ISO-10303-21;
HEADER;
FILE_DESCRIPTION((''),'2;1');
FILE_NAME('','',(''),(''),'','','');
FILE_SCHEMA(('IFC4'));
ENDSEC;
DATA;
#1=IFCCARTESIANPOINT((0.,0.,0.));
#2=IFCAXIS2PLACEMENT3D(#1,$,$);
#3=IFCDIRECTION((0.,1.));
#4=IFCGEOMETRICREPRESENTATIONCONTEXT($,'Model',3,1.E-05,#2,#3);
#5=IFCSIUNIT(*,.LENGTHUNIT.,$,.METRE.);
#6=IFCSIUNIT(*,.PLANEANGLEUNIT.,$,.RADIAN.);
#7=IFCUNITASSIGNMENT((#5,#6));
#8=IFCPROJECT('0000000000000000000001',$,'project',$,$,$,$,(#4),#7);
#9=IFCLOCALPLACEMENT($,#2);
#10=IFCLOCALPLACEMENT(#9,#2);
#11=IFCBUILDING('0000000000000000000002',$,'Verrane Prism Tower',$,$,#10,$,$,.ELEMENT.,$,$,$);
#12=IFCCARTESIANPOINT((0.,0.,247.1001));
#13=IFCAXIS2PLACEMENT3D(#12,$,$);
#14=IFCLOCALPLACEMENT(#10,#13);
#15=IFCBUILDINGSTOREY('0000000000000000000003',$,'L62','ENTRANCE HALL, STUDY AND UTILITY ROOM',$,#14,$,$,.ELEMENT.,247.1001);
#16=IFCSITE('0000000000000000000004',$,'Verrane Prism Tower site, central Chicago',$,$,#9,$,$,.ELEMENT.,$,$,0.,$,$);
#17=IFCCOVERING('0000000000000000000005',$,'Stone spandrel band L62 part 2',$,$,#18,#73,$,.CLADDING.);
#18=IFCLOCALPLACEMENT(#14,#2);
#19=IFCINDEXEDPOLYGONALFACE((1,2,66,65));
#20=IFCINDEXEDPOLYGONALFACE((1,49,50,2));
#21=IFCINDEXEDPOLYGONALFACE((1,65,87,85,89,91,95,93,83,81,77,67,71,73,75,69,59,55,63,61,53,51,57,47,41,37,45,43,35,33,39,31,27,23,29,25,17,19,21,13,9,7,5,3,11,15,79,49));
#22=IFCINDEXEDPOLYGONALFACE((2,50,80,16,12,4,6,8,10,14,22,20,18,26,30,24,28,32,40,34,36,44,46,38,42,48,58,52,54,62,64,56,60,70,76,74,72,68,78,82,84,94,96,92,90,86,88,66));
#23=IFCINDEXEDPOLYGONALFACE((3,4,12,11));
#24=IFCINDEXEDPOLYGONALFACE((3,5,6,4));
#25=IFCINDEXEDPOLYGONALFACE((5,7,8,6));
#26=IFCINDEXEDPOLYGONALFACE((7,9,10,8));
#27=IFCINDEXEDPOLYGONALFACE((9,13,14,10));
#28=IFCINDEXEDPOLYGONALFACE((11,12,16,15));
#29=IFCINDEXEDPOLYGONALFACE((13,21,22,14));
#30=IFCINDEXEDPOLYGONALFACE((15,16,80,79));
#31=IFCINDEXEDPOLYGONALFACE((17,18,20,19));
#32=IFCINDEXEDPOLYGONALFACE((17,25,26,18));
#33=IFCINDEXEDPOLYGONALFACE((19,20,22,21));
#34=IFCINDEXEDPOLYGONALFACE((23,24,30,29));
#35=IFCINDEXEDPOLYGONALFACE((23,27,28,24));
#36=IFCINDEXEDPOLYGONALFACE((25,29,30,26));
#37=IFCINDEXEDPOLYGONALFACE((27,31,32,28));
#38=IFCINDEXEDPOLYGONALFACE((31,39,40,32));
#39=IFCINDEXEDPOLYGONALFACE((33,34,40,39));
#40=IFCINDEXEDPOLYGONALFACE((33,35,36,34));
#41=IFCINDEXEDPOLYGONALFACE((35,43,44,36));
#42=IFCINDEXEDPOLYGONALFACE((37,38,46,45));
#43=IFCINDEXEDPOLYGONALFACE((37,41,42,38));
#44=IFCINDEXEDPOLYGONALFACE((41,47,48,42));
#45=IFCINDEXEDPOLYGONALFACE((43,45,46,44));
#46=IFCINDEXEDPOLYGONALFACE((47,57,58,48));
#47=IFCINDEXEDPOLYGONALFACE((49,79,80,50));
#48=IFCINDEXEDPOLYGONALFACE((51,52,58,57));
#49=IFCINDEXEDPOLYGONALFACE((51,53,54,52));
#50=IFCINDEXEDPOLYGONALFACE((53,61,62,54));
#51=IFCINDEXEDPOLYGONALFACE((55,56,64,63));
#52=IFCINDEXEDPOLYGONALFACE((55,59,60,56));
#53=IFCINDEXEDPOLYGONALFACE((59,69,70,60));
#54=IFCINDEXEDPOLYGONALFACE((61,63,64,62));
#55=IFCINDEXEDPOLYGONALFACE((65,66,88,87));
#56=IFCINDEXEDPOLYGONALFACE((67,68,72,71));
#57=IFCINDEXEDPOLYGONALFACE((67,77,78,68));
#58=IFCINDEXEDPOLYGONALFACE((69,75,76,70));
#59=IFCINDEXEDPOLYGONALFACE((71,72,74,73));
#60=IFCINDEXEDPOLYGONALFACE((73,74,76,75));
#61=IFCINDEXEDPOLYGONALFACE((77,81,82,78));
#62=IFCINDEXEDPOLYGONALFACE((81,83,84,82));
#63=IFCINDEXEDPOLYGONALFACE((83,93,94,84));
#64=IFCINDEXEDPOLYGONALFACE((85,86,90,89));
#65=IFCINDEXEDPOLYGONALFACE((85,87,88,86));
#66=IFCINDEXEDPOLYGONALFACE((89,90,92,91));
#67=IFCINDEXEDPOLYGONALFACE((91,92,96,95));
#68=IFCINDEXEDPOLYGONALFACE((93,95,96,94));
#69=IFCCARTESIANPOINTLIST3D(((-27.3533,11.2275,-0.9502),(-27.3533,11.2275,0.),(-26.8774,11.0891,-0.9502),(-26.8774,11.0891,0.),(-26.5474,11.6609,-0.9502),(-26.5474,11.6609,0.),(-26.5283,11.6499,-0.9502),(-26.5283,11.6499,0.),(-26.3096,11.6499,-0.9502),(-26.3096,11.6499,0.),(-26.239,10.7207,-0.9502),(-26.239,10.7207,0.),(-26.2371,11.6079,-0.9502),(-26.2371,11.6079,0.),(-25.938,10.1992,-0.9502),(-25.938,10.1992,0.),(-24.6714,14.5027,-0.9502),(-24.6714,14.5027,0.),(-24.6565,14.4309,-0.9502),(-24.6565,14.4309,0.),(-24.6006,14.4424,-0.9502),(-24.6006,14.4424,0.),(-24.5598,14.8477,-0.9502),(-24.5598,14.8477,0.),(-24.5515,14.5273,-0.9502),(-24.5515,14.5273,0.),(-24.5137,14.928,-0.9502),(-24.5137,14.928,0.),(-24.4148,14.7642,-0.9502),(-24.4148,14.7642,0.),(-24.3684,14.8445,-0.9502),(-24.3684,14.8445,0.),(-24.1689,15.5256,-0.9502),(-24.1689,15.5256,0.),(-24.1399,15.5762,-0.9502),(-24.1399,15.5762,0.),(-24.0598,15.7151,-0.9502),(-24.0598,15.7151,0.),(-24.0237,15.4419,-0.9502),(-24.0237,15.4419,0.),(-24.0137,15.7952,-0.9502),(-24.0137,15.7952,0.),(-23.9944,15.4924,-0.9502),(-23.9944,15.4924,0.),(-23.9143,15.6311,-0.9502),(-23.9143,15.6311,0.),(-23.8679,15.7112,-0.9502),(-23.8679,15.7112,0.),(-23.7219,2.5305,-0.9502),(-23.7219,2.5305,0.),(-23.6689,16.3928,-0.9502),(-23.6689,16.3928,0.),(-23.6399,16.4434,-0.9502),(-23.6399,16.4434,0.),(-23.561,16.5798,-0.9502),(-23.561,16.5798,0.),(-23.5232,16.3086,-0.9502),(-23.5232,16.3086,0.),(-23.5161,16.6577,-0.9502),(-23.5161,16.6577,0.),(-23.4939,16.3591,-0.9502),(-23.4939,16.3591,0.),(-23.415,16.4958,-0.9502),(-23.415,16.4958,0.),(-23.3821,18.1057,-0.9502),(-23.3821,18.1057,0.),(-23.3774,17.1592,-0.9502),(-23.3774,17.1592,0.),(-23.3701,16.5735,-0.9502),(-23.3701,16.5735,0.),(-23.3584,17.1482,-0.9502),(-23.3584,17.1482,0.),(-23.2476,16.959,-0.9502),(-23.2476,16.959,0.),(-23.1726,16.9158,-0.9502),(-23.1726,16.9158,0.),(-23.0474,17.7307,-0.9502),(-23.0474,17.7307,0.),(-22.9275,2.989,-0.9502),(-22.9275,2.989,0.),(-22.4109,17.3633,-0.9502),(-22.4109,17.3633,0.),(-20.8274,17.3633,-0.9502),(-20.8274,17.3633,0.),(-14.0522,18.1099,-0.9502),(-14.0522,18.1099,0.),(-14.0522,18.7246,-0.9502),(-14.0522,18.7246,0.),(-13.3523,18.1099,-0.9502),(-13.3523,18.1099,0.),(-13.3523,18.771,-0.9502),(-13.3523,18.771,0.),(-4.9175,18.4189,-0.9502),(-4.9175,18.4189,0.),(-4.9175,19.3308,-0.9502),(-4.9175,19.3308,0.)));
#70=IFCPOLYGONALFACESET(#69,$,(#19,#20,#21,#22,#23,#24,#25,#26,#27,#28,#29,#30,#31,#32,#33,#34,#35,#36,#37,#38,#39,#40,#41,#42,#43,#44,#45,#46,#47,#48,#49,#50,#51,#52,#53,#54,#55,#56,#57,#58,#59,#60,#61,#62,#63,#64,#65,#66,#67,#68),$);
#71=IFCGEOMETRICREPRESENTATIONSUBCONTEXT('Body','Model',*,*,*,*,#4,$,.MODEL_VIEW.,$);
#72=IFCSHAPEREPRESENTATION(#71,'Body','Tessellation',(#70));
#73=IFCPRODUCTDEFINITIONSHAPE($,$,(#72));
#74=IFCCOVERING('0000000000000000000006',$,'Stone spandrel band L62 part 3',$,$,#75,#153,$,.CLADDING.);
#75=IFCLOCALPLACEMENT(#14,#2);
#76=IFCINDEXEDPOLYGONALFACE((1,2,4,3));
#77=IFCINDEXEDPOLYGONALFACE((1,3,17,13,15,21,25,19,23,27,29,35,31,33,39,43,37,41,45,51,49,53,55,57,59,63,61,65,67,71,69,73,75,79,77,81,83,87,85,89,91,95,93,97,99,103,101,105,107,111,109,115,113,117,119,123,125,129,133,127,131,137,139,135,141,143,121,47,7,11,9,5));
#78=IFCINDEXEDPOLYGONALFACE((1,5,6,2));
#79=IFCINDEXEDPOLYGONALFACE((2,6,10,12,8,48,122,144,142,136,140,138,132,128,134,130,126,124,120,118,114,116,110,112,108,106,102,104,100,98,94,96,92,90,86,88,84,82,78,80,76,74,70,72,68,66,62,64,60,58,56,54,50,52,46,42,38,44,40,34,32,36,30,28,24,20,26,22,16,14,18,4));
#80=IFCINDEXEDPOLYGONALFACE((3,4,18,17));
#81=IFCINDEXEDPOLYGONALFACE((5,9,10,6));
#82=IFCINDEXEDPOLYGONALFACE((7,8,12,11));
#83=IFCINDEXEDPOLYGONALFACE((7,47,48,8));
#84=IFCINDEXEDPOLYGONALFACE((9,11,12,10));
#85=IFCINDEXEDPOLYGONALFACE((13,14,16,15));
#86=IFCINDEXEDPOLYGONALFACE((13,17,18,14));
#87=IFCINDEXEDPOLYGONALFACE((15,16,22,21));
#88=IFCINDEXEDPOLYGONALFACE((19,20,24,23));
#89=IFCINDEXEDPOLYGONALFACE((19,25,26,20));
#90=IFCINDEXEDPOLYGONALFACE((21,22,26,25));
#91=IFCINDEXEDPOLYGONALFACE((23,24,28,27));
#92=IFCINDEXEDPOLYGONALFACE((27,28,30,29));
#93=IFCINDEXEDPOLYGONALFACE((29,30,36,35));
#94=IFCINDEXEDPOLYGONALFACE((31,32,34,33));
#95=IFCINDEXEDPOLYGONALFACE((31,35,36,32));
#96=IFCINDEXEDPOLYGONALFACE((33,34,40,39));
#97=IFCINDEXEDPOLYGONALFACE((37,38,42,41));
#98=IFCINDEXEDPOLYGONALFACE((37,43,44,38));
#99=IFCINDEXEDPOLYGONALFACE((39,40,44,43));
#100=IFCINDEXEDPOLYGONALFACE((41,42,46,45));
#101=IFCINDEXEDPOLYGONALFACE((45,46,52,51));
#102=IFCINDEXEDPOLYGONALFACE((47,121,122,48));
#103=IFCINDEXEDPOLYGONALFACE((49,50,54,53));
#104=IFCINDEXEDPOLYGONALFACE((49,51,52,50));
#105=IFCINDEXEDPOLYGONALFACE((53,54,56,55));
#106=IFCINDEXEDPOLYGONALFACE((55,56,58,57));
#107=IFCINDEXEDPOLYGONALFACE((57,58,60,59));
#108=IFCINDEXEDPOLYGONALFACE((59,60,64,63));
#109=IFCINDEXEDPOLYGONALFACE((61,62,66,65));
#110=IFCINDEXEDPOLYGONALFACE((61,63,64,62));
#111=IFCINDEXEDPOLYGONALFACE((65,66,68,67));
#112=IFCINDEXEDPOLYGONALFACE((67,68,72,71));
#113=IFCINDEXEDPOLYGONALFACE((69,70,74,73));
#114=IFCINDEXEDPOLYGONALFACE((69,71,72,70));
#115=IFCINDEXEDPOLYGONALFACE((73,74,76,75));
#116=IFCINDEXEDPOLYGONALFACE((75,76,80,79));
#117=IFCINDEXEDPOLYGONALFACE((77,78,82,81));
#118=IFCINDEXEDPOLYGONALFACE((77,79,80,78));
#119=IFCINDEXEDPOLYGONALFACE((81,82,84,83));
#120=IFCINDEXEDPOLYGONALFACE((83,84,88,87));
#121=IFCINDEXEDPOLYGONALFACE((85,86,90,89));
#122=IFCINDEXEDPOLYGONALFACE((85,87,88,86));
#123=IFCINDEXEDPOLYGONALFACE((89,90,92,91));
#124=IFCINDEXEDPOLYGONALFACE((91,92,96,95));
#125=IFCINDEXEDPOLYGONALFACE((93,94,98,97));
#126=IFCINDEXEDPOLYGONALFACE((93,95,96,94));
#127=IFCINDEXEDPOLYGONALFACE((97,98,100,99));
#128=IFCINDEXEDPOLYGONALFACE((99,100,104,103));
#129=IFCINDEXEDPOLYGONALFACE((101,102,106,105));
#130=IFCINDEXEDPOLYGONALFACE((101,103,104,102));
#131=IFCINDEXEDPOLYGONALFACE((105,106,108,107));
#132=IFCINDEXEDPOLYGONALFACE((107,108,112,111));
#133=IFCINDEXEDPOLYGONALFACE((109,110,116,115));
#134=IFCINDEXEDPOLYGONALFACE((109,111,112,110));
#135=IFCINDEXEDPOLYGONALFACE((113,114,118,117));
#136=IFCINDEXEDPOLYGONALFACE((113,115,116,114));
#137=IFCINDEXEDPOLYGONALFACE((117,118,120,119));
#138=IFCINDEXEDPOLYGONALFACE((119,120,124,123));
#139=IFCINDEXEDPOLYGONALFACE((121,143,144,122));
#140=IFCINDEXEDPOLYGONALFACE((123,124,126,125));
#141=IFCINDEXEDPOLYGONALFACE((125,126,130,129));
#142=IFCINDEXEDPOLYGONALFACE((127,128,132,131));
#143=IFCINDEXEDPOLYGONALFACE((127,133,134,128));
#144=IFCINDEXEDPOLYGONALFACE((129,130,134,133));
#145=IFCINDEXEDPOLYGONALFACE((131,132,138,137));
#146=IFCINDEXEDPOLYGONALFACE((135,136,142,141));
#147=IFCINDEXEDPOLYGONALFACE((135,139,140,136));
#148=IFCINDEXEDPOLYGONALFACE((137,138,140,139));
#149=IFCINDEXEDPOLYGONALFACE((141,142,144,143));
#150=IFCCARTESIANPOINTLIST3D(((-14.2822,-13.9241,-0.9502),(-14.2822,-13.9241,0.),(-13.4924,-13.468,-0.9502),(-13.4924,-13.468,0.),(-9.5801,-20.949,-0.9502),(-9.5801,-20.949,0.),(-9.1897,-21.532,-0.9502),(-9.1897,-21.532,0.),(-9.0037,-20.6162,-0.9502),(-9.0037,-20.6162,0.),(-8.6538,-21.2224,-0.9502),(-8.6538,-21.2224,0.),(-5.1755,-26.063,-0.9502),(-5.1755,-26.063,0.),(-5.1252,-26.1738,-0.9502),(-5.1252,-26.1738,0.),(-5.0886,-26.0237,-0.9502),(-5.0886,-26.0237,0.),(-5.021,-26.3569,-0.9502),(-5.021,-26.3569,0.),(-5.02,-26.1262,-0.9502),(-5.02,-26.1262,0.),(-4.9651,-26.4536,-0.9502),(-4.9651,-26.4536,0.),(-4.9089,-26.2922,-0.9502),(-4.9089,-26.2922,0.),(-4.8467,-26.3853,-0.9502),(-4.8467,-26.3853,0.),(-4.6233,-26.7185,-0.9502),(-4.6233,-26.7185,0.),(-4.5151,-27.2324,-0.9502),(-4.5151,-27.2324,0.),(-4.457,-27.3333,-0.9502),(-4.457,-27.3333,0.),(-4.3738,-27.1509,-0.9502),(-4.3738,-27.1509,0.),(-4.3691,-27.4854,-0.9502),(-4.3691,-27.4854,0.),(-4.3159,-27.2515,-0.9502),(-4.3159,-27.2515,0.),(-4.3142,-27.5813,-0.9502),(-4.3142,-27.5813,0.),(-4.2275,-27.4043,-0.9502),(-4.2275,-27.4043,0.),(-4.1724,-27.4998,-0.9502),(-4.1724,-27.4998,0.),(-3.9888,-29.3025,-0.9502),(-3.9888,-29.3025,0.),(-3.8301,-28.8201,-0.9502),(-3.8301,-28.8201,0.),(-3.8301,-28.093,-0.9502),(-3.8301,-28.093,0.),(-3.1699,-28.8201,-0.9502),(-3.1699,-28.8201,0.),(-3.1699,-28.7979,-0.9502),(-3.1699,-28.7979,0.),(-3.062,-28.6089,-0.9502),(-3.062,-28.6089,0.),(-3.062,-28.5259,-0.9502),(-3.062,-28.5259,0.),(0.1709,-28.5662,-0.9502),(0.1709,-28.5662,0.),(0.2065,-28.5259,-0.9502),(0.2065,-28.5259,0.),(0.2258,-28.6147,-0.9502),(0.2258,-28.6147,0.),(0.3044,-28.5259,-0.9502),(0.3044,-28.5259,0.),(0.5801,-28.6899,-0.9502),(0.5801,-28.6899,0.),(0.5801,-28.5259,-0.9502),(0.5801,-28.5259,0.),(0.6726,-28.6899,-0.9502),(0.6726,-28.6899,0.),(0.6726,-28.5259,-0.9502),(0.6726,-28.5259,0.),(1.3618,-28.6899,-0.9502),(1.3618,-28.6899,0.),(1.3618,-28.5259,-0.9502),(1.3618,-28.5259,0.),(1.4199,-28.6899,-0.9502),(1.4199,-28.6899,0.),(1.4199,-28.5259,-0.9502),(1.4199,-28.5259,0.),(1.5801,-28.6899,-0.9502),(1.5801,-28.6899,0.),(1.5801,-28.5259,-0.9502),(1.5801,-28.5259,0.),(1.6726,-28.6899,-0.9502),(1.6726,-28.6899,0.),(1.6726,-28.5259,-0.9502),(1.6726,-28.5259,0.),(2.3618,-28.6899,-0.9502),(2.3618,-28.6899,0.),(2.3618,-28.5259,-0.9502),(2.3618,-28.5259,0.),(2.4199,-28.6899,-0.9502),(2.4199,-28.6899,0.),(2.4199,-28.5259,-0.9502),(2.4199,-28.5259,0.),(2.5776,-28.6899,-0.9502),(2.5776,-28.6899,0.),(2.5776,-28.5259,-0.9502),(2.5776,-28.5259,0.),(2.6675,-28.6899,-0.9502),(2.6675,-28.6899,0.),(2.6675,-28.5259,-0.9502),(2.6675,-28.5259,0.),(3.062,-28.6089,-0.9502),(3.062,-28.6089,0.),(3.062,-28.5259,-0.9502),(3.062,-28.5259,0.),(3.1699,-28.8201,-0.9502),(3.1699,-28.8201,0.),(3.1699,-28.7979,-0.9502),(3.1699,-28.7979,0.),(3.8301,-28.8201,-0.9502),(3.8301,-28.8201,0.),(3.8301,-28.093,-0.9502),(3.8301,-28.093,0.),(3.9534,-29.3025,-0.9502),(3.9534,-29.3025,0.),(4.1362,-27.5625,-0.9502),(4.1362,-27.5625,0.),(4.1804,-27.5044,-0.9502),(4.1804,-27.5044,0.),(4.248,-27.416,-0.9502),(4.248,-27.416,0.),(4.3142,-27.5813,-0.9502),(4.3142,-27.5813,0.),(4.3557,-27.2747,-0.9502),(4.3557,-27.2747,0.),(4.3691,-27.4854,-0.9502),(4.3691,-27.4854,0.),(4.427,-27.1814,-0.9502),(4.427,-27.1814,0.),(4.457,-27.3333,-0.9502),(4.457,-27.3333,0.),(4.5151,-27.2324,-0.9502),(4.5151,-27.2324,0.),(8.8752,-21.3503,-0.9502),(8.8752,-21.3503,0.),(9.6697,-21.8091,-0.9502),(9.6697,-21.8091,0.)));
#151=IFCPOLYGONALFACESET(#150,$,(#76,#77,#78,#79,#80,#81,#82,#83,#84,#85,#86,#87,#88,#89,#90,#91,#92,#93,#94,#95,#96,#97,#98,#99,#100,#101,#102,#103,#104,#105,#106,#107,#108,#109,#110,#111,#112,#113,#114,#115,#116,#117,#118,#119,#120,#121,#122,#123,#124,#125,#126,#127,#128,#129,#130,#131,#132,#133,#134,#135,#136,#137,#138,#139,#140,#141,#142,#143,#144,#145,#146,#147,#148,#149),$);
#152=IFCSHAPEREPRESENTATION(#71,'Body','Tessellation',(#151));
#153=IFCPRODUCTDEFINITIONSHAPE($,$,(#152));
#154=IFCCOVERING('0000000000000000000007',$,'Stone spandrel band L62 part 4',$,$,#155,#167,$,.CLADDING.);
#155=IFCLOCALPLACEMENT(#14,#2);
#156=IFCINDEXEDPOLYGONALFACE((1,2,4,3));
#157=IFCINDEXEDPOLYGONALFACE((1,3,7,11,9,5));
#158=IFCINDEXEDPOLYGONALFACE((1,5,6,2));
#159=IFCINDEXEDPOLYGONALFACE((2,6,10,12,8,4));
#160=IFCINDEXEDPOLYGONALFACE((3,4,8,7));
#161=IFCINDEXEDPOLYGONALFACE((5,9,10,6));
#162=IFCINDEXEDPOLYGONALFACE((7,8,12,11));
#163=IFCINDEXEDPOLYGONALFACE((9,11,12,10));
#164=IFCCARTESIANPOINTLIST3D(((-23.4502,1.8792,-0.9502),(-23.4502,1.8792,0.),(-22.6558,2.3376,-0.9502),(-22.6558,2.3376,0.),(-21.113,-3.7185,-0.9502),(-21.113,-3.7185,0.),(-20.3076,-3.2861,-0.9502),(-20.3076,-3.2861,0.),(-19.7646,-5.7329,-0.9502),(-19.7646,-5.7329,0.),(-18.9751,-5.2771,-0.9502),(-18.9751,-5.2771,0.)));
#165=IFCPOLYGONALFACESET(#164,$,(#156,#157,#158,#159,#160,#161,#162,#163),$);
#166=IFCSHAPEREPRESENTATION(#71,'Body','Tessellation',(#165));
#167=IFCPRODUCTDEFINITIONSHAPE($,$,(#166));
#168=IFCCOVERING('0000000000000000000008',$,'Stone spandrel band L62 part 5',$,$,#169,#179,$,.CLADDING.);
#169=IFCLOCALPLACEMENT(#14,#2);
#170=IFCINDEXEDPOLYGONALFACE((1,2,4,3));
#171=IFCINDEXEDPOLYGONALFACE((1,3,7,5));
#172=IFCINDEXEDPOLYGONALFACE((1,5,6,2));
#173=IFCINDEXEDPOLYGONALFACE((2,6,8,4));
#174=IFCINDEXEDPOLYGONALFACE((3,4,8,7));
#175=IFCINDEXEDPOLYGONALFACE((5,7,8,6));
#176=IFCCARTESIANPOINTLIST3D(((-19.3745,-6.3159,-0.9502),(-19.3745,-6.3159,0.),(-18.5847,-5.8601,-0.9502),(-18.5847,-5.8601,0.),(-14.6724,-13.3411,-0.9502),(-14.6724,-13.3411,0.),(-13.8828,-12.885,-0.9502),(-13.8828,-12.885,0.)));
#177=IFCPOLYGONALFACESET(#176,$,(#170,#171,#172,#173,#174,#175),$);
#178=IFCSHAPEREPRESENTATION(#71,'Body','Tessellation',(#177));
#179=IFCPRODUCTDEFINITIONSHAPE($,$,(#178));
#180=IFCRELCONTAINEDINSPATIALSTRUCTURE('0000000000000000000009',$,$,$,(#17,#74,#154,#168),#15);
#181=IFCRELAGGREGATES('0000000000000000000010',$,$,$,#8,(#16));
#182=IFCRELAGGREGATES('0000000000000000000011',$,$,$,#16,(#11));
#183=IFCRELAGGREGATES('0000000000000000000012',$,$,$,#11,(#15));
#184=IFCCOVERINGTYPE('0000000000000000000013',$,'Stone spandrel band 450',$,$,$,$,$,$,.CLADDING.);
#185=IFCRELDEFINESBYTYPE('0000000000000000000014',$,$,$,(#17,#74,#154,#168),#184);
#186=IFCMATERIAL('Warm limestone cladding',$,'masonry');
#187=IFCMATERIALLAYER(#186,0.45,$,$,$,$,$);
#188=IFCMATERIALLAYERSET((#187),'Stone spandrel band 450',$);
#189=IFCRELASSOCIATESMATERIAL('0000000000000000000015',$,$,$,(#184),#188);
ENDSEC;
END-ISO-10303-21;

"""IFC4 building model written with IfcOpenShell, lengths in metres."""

from ifc_helpers import new_model, si_unit, direction, frame, origin, place, context, subcontext, project, spatial, polyline, outline, extrude, material, layer, layer_set, type_object, element, save


model = new_model("IFC4")

# Units and contexts
model_context = context("Model", 3, precision=1e-05, world=origin(), true_north=direction((0.0, 1.0)))
body_context = subcontext(model_context, "Body", "Model", "MODEL_VIEW")
ifc_project = project(units=[si_unit("LENGTHUNIT", "METRE"), si_unit("PLANEANGLEUNIT", "RADIAN")], contexts=[model_context])

# Site, building, storey
site_placement = place(None, origin())
site = spatial("IfcSite", under=ifc_project, at=site_placement, Name="Verrane Prism Tower site, central Chicago", CompositionType="ELEMENT", RefElevation=0.0)
building_placement = place(site_placement, origin())
building = spatial("IfcBuilding", under=site, at=building_placement, Name="Verrane Prism Tower", CompositionType="ELEMENT")
storey_placement = place(building_placement, frame((0.0, 0.0, 247.1001)))
storey = spatial("IfcBuildingStorey", under=building, at=storey_placement, Name="L62", Description="ENTRANCE HALL, STUDY AND UTILITY ROOM", CompositionType="ELEMENT", Elevation=247.1001)

# Coverings
ifc_material_1 = material(Name="Warm limestone cladding", Category="masonry")
ifc_layer_1 = layer(ifc_material_1, 0.45)
ifc_layer_set_1 = layer_set([ifc_layer_1], Name="Stone spandrel band 450")
covering_type_1 = type_object("IfcCoveringType", Name="Stone spandrel band 450", PredefinedType="CLADDING", material=ifc_layer_set_1)
covering_1_placement = place(storey_placement, frame((0.0, 0.0, -0.9502)))
element("IfcCovering", 1, at=covering_1_placement, inside=storey, type_object=covering_type_1, Name="Stone spandrel band L62 part 2", PredefinedType="CLADDING", context=body_context, shape_type="SweptSolid", body=[
    extrude(outline(polyline([(-22.9275, 2.989), (-25.938, 10.1992), (-26.239, 10.7207), (-26.8774, 11.0891), (-26.5474, 11.6609), (-26.5283, 11.6499), (-26.3096, 11.6499), (-26.2371, 11.6079), (-24.6006, 14.4424), (-24.6565, 14.4309), (-24.6714, 14.5027), (-24.5515, 14.5273), (-24.4148, 14.7642), (-24.5598, 14.8477), (-24.5137, 14.928), (-24.3684, 14.8445), (-24.0237, 15.4419), (-24.1689, 15.5256), (-24.1399, 15.5762), (-23.9944, 15.4924), (-23.9143, 15.6311), (-24.0598, 15.7151), (-24.0137, 15.7952), (-23.8679, 15.7112), (-23.5232, 16.3086), (-23.6689, 16.3928), (-23.6399, 16.4434), (-23.4939, 16.3591), (-23.415, 16.4958), (-23.561, 16.5798), (-23.5161, 16.6577), (-23.3701, 16.5735), (-23.1726, 16.9158), (-23.2476, 16.959), (-23.3584, 17.1482), (-23.3774, 17.1592), (-23.0474, 17.7307), (-22.4109, 17.3633), (-20.8274, 17.3633), (-4.9175, 18.4189), (-4.9175, 19.3308), (-13.3523, 18.771), (-13.3523, 18.1099), (-14.0522, 18.1099), (-14.0522, 18.7246), (-23.3821, 18.1057), (-27.3533, 11.2275), (-23.7219, 2.5305), (-22.9275, 2.989)])), origin(), (0.0, 0.0, 1.0), 0.9502),
])
covering_2_placement = place(storey_placement, frame((0.0, 0.0, -0.9502)))
element("IfcCovering", 2, at=covering_2_placement, inside=storey, type_object=covering_type_1, Name="Stone spandrel band L62 part 3", PredefinedType="CLADDING", context=body_context, shape_type="SweptSolid", body=[
    extrude(outline(polyline([(3.9534, -29.3025), (9.6697, -21.8091), (8.8752, -21.3503), (4.427, -27.1814), (4.5151, -27.2324), (4.457, -27.3333), (4.3557, -27.2747), (4.248, -27.416), (4.3691, -27.4854), (4.3142, -27.5813), (4.1804, -27.5044), (4.1362, -27.5625), (3.8301, -28.093), (3.8301, -28.8201), (3.1699, -28.8201), (3.1699, -28.7979), (3.062, -28.6089), (3.062, -28.5259), (2.6675, -28.5259), (2.6675, -28.6899), (2.5776, -28.6899), (2.5776, -28.5259), (2.4199, -28.5259), (2.4199, -28.6899), (2.3618, -28.6899), (2.3618, -28.5259), (1.6726, -28.5259), (1.6726, -28.6899), (1.5801, -28.6899), (1.5801, -28.5259), (1.4199, -28.5259), (1.4199, -28.6899), (1.3618, -28.6899), (1.3618, -28.5259), (0.6726, -28.5259), (0.6726, -28.6899), (0.5801, -28.6899), (0.5801, -28.5259), (0.3044, -28.5259), (0.2258, -28.6147), (0.1709, -28.5662), (0.2065, -28.5259), (-3.062, -28.5259), (-3.062, -28.6089), (-3.1699, -28.7979), (-3.1699, -28.8201), (-3.8301, -28.8201), (-3.8301, -28.093), (-4.1724, -27.4998), (-4.3142, -27.5813), (-4.3691, -27.4854), (-4.2275, -27.4043), (-4.3159, -27.2515), (-4.457, -27.3333), (-4.5151, -27.2324), (-4.3738, -27.1509), (-4.6233, -26.7185), (-4.8467, -26.3853), (-4.9651, -26.4536), (-5.021, -26.3569), (-4.9089, -26.2922), (-5.02, -26.1262), (-5.1252, -26.1738), (-5.1755, -26.063), (-5.0886, -26.0237), (-13.4924, -13.468), (-14.2822, -13.9241), (-9.5801, -20.949), (-9.0037, -20.6162), (-8.6538, -21.2224), (-9.1897, -21.532), (-3.9888, -29.3025), (3.9534, -29.3025)])), origin(), (0.0, 0.0, 1.0), 0.9502),
])
covering_3_placement = place(storey_placement, frame((0.0, 0.0, -0.9502)))
element("IfcCovering", 3, at=covering_3_placement, inside=storey, type_object=covering_type_1, Name="Stone spandrel band L62 part 4", PredefinedType="CLADDING", context=body_context, shape_type="SweptSolid", body=[
    extrude(outline(polyline([(-19.7646, -5.7329), (-18.9751, -5.2771), (-20.3076, -3.2861), (-22.6558, 2.3376), (-23.4502, 1.8792), (-21.113, -3.7185), (-19.7646, -5.7329)])), origin(), (0.0, 0.0, 1.0), 0.9502),
])
covering_4_placement = place(storey_placement, frame((0.0, 0.0, -0.9502)))
element("IfcCovering", 4, at=covering_4_placement, inside=storey, type_object=covering_type_1, Name="Stone spandrel band L62 part 5", PredefinedType="CLADDING", context=body_context, shape_type="SweptSolid", body=[
    extrude(outline(polyline([(-14.6724, -13.3411), (-13.8828, -12.885), (-18.5847, -5.8601), (-19.3745, -6.3159), (-14.6724, -13.3411)])), origin(), (0.0, 0.0, 1.0), 0.9502),
])

save(model, "model.ifc")
